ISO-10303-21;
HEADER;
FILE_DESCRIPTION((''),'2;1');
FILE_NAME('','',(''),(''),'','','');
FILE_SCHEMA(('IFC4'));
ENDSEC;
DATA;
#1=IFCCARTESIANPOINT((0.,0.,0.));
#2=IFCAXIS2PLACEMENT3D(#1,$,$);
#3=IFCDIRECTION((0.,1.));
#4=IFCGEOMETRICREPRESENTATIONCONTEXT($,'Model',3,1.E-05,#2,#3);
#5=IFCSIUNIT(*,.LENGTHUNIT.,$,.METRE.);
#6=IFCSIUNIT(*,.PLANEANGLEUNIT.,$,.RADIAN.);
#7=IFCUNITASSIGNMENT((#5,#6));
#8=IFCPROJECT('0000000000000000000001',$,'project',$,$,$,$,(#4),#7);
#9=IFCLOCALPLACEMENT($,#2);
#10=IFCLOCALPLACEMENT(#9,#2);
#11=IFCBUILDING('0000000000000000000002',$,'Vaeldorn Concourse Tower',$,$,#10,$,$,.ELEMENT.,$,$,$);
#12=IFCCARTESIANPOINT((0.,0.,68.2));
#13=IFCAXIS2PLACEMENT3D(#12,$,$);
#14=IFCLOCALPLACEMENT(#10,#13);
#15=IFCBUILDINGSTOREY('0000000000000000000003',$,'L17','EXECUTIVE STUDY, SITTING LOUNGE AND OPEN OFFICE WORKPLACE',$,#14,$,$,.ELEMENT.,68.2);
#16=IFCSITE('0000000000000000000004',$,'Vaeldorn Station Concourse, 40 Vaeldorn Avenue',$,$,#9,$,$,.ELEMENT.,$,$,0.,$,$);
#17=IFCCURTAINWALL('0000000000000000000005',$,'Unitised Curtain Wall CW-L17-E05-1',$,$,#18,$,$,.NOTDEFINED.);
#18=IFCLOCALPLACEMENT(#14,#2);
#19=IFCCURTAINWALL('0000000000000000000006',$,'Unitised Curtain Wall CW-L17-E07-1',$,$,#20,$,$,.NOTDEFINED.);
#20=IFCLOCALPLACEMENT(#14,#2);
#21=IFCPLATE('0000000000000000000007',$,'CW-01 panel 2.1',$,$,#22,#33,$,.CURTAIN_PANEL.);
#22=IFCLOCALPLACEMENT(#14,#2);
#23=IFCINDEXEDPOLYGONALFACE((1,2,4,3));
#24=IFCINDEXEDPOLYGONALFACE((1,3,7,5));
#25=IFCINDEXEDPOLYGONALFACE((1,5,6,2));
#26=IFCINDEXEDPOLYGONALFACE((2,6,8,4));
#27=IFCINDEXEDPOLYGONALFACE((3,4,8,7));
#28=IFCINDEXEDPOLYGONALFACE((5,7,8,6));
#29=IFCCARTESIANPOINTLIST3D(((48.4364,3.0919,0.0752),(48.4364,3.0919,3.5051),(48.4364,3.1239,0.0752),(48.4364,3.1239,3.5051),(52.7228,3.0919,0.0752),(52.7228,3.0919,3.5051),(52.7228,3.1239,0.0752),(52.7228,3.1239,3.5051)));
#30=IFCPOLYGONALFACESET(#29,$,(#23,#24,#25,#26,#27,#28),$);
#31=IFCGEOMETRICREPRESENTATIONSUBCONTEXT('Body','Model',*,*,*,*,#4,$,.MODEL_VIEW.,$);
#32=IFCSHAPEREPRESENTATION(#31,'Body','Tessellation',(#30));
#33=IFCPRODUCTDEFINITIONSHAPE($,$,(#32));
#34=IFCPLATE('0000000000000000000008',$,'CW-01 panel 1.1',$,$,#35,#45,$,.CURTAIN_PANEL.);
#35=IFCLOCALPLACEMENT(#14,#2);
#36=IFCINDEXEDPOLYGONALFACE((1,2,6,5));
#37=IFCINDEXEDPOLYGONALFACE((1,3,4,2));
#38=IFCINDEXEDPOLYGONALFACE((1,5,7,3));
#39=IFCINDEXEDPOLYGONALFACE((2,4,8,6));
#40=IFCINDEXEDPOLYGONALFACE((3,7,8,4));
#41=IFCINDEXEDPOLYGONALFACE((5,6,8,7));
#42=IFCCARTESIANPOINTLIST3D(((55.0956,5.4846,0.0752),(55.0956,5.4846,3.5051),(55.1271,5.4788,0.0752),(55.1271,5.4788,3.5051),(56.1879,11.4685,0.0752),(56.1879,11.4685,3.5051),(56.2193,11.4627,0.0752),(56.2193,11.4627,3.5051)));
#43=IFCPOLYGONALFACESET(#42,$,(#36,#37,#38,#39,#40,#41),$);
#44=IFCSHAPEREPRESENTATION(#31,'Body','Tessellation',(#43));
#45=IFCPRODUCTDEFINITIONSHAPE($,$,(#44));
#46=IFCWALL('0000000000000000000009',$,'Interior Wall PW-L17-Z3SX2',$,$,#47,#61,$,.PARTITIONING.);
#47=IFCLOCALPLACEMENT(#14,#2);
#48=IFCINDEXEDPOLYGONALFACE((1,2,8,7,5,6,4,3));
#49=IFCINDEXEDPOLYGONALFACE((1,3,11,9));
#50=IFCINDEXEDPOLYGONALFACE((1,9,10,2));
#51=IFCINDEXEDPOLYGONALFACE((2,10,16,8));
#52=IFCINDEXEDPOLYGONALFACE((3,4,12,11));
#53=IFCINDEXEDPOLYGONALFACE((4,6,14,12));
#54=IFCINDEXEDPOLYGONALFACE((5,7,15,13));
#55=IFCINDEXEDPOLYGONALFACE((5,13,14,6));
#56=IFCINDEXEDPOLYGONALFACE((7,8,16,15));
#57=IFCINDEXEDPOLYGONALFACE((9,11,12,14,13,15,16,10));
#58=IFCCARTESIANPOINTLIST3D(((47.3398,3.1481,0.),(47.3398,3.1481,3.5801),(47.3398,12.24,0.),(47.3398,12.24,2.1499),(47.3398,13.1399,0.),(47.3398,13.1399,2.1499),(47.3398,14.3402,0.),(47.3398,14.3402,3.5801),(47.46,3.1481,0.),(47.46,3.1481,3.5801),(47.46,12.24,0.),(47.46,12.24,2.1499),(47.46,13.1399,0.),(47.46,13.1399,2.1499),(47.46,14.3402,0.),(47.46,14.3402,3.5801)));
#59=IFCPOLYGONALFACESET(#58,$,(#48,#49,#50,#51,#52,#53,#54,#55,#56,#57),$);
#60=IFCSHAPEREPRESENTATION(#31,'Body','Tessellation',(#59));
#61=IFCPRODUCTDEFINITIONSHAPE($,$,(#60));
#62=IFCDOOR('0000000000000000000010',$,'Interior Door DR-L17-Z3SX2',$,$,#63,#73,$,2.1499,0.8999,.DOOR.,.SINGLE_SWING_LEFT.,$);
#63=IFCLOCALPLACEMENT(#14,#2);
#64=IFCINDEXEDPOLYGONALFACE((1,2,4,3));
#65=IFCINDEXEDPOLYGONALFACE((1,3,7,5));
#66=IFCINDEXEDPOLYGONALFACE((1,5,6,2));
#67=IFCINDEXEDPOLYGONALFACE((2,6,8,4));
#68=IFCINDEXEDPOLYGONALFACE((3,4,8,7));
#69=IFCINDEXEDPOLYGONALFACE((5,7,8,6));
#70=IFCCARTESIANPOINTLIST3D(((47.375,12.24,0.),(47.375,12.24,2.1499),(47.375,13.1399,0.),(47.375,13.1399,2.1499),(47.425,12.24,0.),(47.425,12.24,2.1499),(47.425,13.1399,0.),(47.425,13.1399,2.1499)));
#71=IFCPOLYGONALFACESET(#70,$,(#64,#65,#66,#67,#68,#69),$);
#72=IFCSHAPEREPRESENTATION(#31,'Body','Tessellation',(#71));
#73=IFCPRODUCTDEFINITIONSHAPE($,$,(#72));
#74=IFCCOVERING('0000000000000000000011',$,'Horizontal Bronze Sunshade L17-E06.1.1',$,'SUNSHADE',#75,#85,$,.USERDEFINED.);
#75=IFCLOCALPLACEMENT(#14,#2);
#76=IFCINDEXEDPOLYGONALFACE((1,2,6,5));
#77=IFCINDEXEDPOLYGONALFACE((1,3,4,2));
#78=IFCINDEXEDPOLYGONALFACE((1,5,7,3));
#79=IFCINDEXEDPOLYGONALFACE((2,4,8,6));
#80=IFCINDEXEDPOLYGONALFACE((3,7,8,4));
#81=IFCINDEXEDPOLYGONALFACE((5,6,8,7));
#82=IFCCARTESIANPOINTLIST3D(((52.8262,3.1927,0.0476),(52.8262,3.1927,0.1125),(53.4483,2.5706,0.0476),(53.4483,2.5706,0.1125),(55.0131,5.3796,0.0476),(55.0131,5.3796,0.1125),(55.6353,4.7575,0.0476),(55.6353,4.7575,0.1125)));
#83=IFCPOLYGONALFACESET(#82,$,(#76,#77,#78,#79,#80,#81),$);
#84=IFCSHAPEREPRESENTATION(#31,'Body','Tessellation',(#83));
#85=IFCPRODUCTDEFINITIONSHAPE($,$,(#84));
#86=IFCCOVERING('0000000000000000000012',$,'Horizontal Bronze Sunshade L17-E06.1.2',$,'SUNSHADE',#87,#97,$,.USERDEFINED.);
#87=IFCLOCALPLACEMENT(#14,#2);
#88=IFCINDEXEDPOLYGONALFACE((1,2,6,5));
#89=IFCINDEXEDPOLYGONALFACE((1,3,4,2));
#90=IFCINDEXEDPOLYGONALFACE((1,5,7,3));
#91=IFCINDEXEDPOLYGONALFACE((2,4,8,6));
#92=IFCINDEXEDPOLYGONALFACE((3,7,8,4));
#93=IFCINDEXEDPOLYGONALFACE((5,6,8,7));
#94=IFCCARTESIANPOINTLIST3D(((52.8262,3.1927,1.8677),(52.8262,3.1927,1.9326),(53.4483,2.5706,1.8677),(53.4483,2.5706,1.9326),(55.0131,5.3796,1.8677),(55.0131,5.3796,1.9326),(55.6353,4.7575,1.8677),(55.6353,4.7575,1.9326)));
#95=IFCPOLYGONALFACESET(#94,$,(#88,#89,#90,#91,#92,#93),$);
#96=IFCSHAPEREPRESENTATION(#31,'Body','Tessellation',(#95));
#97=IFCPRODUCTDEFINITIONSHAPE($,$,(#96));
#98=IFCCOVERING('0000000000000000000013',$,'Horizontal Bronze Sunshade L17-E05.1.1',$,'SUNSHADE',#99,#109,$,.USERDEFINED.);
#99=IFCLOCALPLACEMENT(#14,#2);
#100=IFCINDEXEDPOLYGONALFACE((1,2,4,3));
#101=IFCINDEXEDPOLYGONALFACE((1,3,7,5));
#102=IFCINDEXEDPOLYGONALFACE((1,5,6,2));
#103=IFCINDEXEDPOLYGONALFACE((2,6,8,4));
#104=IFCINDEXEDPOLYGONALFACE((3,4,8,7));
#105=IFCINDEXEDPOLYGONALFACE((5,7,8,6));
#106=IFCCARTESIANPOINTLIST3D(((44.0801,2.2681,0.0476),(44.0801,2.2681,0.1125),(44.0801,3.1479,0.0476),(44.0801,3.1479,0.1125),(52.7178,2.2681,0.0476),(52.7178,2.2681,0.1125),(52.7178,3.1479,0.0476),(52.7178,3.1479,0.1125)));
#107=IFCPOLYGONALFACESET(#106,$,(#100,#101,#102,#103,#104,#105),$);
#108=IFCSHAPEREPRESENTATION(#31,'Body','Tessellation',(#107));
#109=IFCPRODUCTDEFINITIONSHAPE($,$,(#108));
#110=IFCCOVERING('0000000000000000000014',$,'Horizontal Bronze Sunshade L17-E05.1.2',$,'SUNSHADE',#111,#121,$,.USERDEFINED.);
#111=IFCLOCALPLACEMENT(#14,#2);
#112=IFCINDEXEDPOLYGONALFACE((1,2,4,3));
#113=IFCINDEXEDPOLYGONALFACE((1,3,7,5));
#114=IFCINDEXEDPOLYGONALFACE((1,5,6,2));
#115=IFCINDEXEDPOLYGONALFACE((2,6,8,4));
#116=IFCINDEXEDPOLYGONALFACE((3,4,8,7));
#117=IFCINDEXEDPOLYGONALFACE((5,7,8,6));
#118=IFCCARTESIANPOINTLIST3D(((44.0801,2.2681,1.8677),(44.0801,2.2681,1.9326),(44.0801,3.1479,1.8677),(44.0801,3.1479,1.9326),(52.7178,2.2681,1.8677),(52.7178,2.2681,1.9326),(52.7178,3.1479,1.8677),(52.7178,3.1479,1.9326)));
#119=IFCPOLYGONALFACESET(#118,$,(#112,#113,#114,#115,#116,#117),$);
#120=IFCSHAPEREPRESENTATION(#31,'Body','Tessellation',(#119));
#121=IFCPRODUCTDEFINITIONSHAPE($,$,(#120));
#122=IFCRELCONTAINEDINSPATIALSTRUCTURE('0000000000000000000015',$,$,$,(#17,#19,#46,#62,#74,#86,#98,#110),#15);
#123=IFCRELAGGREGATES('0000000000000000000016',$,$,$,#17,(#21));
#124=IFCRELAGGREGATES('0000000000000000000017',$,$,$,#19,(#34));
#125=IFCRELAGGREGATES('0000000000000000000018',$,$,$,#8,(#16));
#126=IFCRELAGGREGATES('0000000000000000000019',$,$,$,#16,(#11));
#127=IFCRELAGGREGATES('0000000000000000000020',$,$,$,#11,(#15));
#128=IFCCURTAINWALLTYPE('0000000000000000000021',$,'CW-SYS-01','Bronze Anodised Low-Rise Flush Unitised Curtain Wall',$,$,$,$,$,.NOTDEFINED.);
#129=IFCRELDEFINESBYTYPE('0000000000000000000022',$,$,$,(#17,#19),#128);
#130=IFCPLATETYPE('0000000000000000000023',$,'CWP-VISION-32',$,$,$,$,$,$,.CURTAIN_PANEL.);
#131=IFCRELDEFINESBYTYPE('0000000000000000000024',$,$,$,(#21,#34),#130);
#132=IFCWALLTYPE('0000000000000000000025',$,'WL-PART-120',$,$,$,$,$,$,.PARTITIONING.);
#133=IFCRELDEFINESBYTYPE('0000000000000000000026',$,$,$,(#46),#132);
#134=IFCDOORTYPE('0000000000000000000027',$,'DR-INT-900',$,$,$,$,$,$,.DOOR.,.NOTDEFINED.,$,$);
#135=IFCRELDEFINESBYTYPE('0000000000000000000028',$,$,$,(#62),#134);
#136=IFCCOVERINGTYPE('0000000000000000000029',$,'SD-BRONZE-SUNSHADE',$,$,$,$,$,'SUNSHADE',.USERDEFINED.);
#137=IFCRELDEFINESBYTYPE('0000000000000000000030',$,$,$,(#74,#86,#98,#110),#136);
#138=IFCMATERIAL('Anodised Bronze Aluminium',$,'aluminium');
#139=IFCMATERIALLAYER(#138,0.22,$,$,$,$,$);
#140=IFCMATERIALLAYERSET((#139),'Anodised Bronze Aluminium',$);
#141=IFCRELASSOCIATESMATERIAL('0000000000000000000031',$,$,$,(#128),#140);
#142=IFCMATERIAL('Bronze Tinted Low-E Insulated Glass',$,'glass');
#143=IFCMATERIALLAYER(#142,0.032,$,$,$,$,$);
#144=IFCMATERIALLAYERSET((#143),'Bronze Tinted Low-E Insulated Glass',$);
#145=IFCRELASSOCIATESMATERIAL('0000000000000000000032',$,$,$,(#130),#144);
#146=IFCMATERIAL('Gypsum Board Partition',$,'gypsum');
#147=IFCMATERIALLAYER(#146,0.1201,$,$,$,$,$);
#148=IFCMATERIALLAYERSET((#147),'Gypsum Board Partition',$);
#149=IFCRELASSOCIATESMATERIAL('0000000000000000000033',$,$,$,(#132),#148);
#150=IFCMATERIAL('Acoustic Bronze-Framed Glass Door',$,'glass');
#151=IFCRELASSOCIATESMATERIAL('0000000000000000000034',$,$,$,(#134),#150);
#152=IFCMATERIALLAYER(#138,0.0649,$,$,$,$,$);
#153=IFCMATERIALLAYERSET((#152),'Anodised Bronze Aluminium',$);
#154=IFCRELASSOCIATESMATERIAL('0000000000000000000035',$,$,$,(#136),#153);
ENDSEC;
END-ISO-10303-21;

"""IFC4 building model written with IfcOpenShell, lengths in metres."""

from ifc_helpers import new_model, si_unit, direction, frame, frame_2d, origin, origin_2d, place, context, subcontext, project, spatial, rectangle, extrude, source, transform, mapped, material, layer, layer_set, type_object, element, fill, aggregate, save


model = new_model("IFC4")

# Units and contexts
model_context = context("Model", 3, precision=1e-05, world=origin(), true_north=direction((0.0, 1.0)))
body_context = subcontext(model_context, "Body", "Model", "MODEL_VIEW")
ifc_project = project(units=[si_unit("LENGTHUNIT", "METRE"), si_unit("PLANEANGLEUNIT", "RADIAN")], contexts=[model_context])

# Site, building, storey
site_placement = place(None, origin())
site = spatial("IfcSite", under=ifc_project, at=site_placement, Name="Vaeldorn Station Concourse, 40 Vaeldorn Avenue", CompositionType="ELEMENT", RefElevation=0.0)
building_placement = place(site_placement, origin())
building = spatial("IfcBuilding", under=site, at=building_placement, Name="Vaeldorn Concourse Tower", CompositionType="ELEMENT")
storey_placement = place(building_placement, frame((0.0, 0.0, 68.2)))
storey = spatial("IfcBuildingStorey", under=building, at=storey_placement, Name="L17", Description="EXECUTIVE STUDY, SITTING LOUNGE AND OPEN OFFICE WORKPLACE", CompositionType="ELEMENT", Elevation=68.2)

# Curtain walls
ifc_material_1 = material(Name="Anodised Bronze Aluminium", Category="aluminium")
ifc_layer_1 = layer(ifc_material_1, 0.22)
ifc_layer_set_1 = layer_set([ifc_layer_1], Name="Anodised Bronze Aluminium")
curtain_wall_type = type_object("IfcCurtainWallType", Name="CW-SYS-01", Description="Bronze Anodised Low-Rise Flush Unitised Curtain Wall", PredefinedType="NOTDEFINED", material=ifc_layer_set_1)
curtain_wall_1_placement = place(storey_placement, origin())
curtain_wall_1 = element("IfcCurtainWall", 1, at=curtain_wall_1_placement, inside=storey, type_object=curtain_wall_type, Name="Unitised Curtain Wall CW-L17-E05-1", PredefinedType="NOTDEFINED")
curtain_wall_2_placement = place(storey_placement, origin())
curtain_wall_2 = element("IfcCurtainWall", 2, at=curtain_wall_2_placement, inside=storey, type_object=curtain_wall_type, Name="Unitised Curtain Wall CW-L17-E07-1", PredefinedType="NOTDEFINED")

# Plates
ifc_material_2 = material(Name="Bronze Tinted Low-E Insulated Glass", Category="glass")
ifc_layer_2 = layer(ifc_material_2, 0.032)
ifc_layer_set_2 = layer_set([ifc_layer_2], Name="Bronze Tinted Low-E Insulated Glass")
plate_type = type_object("IfcPlateType", Name="CWP-VISION-32", PredefinedType="CURTAIN_PANEL", material=ifc_layer_set_2)
shared_shape_1 = source(origin(), body_context, "Body", "SweptSolid", [
    extrude(rectangle(XDim=4.2864, YDim=0.032, at=origin_2d()), origin(), (0.0, 0.0, 1.0), 3.4299),
])
plate_1_placement = place(storey_placement, frame((50.5796, 3.1079, 0.0752), z_axis=(0.0, 0.0, 1.0), x_axis=(1.0, 0.0, 0.0)))
plate_1 = element("IfcPlate", 3, at=plate_1_placement, type_object=plate_type, Name="CW-01 panel 2.1", PredefinedType="CURTAIN_PANEL", context=body_context, shape_type="MappedRepresentation", body=[
    mapped(shared_shape_1, transform((0.0, 0.0, 0.0), scale=1.0)),
])
aggregate(curtain_wall_1, [plate_1])
shared_shape_2 = source(origin(), body_context, "Body", "SweptSolid", [
    extrude(rectangle(XDim=6.0828, YDim=0.032, at=origin_2d()), origin(), (0.0, 0.0, 1.0), 3.4299),
])
plate_2_placement = place(storey_placement, frame((55.6575, 8.4736, 0.0752), z_axis=(0.0, 0.0, 1.0), x_axis=(0.179565, 0.983746, 0.0)))
plate_2 = element("IfcPlate", 4, at=plate_2_placement, type_object=plate_type, Name="CW-01 panel 1.1", PredefinedType="CURTAIN_PANEL", context=body_context, shape_type="MappedRepresentation", body=[
    mapped(shared_shape_2, transform((0.0, 0.0, 0.0), scale=1.0)),
])
aggregate(curtain_wall_2, [plate_2])

# Wall, opening, door
ifc_material_3 = material(Name="Gypsum Board Partition", Category="gypsum")
ifc_layer_3 = layer(ifc_material_3, 0.1201)
ifc_layer_set_3 = layer_set([ifc_layer_3], Name="Gypsum Board Partition")
wall_type = type_object("IfcWallType", Name="WL-PART-120", PredefinedType="PARTITIONING", material=ifc_layer_set_3)
wall_placement = place(storey_placement, frame((47.3999, 3.1479, 0.0), z_axis=(0.0, 0.0, 1.0), x_axis=(0.0, 1.0, 0.0)))
wall = element("IfcWall", 5, at=wall_placement, inside=storey, type_object=wall_type, Name="Interior Wall PW-L17-Z3SX2", PredefinedType="PARTITIONING", context=body_context, shape_type="SweptSolid", body=[
    extrude(rectangle(XDim=11.1921, YDim=0.1201, at=frame_2d((5.5962, 0.0))), origin(), (0.0, 0.0, 1.0), 3.5801),
])
opening_placement = place(wall_placement, frame((9.092, 0.0, 0.0)))
opening = element("IfcOpeningElement", 6, at=opening_placement, cuts=wall, PredefinedType="OPENING", context=body_context, shape_type="SweptSolid", body=[
    extrude(rectangle(XDim=0.8999, YDim=2.1499, at=frame_2d((0.45, 1.075))), frame((0.0, 0.0701, 0.0), z_axis=(0.0, -1.0, 0.0), x_axis=(1.0, 0.0, 0.0)), (0.0, 0.0, 1.0), 0.1401),
])
ifc_material_4 = material(Name="Acoustic Bronze-Framed Glass Door", Category="glass")
door_type = type_object("IfcDoorType", Name="DR-INT-900", OperationType="NOTDEFINED", PredefinedType="DOOR", material=ifc_material_4)
shared_shape_3 = source(origin(), body_context, "Body", "SweptSolid", [
    extrude(rectangle(XDim=0.8999, YDim=2.1499, at=frame_2d((0.45, 1.075))), frame((0.0, 0.0249, 0.0), z_axis=(0.0, -1.0, 0.0), x_axis=(1.0, 0.0, 0.0)), (0.0, 0.0, 1.0), 0.05),
])
door_placement = place(opening_placement, origin())
door = element("IfcDoor", 7, at=door_placement, inside=storey, type_object=door_type, Name="Interior Door DR-L17-Z3SX2", OperationType="SINGLE_SWING_LEFT", OverallHeight=2.1499, OverallWidth=0.8999, PredefinedType="DOOR", context=body_context, shape_type="MappedRepresentation", body=[
    mapped(shared_shape_3, transform((0.0, 0.0, 0.0), scale=1.0)),
])
fill(opening, door)

# Coverings
ifc_layer_4 = layer(ifc_material_1, 0.0649)
ifc_layer_set_4 = layer_set([ifc_layer_4], Name="Anodised Bronze Aluminium")
covering_type = type_object("IfcCoveringType", Name="SD-BRONZE-SUNSHADE", ElementType="SUNSHADE", PredefinedType="USERDEFINED", material=ifc_layer_set_4)
shared_shape_4 = source(origin(), body_context, "Body", "SweptSolid", [
    extrude(rectangle(XDim=3.0928, YDim=0.8799, at=origin_2d()), origin(), (0.0, 0.0, 1.0), 0.0649),
])
for number, where, z_axis, x_axis, name in (
    (8, (54.2307, 3.9751, 0.0476), (0.0, 0.0, 1.0), (0.707107, 0.707107, 0.0), "Horizontal Bronze Sunshade L17-E06.1.1"),
    (9, (54.2307, 3.9751, 1.8677), (0.0, 0.0, 1.0), (0.707107, 0.707107, 0.0), "Horizontal Bronze Sunshade L17-E06.1.2"),
):
    element("IfcCovering", number, at=place(storey_placement, frame(where, z_axis=z_axis, x_axis=x_axis)), inside=storey, type_object=covering_type, Name=name, ObjectType="SUNSHADE", PredefinedType="USERDEFINED", context=body_context, shape_type="MappedRepresentation", body=[
        mapped(shared_shape_4, transform((0.0, 0.0, 0.0), scale=1.0)),
    ])
shared_shape_5 = source(origin(), body_context, "Body", "SweptSolid", [
    extrude(rectangle(XDim=8.6377, YDim=0.8799, at=origin_2d()), origin(), (0.0, 0.0, 1.0), 0.0649),
])
for number, where, z_axis, x_axis, name in (
    (10, (48.3989, 2.708, 0.0476), (0.0, 0.0, 1.0), (1.0, 0.0, 0.0), "Horizontal Bronze Sunshade L17-E05.1.1"),
    (11, (48.3989, 2.708, 1.8677), (0.0, 0.0, 1.0), (1.0, 0.0, 0.0), "Horizontal Bronze Sunshade L17-E05.1.2"),
):
    element("IfcCovering", number, at=place(storey_placement, frame(where, z_axis=z_axis, x_axis=x_axis)), inside=storey, type_object=covering_type, Name=name, ObjectType="SUNSHADE", PredefinedType="USERDEFINED", context=body_context, shape_type="MappedRepresentation", body=[
        mapped(shared_shape_5, transform((0.0, 0.0, 0.0), scale=1.0)),
    ])

save(model, "model.ifc")
